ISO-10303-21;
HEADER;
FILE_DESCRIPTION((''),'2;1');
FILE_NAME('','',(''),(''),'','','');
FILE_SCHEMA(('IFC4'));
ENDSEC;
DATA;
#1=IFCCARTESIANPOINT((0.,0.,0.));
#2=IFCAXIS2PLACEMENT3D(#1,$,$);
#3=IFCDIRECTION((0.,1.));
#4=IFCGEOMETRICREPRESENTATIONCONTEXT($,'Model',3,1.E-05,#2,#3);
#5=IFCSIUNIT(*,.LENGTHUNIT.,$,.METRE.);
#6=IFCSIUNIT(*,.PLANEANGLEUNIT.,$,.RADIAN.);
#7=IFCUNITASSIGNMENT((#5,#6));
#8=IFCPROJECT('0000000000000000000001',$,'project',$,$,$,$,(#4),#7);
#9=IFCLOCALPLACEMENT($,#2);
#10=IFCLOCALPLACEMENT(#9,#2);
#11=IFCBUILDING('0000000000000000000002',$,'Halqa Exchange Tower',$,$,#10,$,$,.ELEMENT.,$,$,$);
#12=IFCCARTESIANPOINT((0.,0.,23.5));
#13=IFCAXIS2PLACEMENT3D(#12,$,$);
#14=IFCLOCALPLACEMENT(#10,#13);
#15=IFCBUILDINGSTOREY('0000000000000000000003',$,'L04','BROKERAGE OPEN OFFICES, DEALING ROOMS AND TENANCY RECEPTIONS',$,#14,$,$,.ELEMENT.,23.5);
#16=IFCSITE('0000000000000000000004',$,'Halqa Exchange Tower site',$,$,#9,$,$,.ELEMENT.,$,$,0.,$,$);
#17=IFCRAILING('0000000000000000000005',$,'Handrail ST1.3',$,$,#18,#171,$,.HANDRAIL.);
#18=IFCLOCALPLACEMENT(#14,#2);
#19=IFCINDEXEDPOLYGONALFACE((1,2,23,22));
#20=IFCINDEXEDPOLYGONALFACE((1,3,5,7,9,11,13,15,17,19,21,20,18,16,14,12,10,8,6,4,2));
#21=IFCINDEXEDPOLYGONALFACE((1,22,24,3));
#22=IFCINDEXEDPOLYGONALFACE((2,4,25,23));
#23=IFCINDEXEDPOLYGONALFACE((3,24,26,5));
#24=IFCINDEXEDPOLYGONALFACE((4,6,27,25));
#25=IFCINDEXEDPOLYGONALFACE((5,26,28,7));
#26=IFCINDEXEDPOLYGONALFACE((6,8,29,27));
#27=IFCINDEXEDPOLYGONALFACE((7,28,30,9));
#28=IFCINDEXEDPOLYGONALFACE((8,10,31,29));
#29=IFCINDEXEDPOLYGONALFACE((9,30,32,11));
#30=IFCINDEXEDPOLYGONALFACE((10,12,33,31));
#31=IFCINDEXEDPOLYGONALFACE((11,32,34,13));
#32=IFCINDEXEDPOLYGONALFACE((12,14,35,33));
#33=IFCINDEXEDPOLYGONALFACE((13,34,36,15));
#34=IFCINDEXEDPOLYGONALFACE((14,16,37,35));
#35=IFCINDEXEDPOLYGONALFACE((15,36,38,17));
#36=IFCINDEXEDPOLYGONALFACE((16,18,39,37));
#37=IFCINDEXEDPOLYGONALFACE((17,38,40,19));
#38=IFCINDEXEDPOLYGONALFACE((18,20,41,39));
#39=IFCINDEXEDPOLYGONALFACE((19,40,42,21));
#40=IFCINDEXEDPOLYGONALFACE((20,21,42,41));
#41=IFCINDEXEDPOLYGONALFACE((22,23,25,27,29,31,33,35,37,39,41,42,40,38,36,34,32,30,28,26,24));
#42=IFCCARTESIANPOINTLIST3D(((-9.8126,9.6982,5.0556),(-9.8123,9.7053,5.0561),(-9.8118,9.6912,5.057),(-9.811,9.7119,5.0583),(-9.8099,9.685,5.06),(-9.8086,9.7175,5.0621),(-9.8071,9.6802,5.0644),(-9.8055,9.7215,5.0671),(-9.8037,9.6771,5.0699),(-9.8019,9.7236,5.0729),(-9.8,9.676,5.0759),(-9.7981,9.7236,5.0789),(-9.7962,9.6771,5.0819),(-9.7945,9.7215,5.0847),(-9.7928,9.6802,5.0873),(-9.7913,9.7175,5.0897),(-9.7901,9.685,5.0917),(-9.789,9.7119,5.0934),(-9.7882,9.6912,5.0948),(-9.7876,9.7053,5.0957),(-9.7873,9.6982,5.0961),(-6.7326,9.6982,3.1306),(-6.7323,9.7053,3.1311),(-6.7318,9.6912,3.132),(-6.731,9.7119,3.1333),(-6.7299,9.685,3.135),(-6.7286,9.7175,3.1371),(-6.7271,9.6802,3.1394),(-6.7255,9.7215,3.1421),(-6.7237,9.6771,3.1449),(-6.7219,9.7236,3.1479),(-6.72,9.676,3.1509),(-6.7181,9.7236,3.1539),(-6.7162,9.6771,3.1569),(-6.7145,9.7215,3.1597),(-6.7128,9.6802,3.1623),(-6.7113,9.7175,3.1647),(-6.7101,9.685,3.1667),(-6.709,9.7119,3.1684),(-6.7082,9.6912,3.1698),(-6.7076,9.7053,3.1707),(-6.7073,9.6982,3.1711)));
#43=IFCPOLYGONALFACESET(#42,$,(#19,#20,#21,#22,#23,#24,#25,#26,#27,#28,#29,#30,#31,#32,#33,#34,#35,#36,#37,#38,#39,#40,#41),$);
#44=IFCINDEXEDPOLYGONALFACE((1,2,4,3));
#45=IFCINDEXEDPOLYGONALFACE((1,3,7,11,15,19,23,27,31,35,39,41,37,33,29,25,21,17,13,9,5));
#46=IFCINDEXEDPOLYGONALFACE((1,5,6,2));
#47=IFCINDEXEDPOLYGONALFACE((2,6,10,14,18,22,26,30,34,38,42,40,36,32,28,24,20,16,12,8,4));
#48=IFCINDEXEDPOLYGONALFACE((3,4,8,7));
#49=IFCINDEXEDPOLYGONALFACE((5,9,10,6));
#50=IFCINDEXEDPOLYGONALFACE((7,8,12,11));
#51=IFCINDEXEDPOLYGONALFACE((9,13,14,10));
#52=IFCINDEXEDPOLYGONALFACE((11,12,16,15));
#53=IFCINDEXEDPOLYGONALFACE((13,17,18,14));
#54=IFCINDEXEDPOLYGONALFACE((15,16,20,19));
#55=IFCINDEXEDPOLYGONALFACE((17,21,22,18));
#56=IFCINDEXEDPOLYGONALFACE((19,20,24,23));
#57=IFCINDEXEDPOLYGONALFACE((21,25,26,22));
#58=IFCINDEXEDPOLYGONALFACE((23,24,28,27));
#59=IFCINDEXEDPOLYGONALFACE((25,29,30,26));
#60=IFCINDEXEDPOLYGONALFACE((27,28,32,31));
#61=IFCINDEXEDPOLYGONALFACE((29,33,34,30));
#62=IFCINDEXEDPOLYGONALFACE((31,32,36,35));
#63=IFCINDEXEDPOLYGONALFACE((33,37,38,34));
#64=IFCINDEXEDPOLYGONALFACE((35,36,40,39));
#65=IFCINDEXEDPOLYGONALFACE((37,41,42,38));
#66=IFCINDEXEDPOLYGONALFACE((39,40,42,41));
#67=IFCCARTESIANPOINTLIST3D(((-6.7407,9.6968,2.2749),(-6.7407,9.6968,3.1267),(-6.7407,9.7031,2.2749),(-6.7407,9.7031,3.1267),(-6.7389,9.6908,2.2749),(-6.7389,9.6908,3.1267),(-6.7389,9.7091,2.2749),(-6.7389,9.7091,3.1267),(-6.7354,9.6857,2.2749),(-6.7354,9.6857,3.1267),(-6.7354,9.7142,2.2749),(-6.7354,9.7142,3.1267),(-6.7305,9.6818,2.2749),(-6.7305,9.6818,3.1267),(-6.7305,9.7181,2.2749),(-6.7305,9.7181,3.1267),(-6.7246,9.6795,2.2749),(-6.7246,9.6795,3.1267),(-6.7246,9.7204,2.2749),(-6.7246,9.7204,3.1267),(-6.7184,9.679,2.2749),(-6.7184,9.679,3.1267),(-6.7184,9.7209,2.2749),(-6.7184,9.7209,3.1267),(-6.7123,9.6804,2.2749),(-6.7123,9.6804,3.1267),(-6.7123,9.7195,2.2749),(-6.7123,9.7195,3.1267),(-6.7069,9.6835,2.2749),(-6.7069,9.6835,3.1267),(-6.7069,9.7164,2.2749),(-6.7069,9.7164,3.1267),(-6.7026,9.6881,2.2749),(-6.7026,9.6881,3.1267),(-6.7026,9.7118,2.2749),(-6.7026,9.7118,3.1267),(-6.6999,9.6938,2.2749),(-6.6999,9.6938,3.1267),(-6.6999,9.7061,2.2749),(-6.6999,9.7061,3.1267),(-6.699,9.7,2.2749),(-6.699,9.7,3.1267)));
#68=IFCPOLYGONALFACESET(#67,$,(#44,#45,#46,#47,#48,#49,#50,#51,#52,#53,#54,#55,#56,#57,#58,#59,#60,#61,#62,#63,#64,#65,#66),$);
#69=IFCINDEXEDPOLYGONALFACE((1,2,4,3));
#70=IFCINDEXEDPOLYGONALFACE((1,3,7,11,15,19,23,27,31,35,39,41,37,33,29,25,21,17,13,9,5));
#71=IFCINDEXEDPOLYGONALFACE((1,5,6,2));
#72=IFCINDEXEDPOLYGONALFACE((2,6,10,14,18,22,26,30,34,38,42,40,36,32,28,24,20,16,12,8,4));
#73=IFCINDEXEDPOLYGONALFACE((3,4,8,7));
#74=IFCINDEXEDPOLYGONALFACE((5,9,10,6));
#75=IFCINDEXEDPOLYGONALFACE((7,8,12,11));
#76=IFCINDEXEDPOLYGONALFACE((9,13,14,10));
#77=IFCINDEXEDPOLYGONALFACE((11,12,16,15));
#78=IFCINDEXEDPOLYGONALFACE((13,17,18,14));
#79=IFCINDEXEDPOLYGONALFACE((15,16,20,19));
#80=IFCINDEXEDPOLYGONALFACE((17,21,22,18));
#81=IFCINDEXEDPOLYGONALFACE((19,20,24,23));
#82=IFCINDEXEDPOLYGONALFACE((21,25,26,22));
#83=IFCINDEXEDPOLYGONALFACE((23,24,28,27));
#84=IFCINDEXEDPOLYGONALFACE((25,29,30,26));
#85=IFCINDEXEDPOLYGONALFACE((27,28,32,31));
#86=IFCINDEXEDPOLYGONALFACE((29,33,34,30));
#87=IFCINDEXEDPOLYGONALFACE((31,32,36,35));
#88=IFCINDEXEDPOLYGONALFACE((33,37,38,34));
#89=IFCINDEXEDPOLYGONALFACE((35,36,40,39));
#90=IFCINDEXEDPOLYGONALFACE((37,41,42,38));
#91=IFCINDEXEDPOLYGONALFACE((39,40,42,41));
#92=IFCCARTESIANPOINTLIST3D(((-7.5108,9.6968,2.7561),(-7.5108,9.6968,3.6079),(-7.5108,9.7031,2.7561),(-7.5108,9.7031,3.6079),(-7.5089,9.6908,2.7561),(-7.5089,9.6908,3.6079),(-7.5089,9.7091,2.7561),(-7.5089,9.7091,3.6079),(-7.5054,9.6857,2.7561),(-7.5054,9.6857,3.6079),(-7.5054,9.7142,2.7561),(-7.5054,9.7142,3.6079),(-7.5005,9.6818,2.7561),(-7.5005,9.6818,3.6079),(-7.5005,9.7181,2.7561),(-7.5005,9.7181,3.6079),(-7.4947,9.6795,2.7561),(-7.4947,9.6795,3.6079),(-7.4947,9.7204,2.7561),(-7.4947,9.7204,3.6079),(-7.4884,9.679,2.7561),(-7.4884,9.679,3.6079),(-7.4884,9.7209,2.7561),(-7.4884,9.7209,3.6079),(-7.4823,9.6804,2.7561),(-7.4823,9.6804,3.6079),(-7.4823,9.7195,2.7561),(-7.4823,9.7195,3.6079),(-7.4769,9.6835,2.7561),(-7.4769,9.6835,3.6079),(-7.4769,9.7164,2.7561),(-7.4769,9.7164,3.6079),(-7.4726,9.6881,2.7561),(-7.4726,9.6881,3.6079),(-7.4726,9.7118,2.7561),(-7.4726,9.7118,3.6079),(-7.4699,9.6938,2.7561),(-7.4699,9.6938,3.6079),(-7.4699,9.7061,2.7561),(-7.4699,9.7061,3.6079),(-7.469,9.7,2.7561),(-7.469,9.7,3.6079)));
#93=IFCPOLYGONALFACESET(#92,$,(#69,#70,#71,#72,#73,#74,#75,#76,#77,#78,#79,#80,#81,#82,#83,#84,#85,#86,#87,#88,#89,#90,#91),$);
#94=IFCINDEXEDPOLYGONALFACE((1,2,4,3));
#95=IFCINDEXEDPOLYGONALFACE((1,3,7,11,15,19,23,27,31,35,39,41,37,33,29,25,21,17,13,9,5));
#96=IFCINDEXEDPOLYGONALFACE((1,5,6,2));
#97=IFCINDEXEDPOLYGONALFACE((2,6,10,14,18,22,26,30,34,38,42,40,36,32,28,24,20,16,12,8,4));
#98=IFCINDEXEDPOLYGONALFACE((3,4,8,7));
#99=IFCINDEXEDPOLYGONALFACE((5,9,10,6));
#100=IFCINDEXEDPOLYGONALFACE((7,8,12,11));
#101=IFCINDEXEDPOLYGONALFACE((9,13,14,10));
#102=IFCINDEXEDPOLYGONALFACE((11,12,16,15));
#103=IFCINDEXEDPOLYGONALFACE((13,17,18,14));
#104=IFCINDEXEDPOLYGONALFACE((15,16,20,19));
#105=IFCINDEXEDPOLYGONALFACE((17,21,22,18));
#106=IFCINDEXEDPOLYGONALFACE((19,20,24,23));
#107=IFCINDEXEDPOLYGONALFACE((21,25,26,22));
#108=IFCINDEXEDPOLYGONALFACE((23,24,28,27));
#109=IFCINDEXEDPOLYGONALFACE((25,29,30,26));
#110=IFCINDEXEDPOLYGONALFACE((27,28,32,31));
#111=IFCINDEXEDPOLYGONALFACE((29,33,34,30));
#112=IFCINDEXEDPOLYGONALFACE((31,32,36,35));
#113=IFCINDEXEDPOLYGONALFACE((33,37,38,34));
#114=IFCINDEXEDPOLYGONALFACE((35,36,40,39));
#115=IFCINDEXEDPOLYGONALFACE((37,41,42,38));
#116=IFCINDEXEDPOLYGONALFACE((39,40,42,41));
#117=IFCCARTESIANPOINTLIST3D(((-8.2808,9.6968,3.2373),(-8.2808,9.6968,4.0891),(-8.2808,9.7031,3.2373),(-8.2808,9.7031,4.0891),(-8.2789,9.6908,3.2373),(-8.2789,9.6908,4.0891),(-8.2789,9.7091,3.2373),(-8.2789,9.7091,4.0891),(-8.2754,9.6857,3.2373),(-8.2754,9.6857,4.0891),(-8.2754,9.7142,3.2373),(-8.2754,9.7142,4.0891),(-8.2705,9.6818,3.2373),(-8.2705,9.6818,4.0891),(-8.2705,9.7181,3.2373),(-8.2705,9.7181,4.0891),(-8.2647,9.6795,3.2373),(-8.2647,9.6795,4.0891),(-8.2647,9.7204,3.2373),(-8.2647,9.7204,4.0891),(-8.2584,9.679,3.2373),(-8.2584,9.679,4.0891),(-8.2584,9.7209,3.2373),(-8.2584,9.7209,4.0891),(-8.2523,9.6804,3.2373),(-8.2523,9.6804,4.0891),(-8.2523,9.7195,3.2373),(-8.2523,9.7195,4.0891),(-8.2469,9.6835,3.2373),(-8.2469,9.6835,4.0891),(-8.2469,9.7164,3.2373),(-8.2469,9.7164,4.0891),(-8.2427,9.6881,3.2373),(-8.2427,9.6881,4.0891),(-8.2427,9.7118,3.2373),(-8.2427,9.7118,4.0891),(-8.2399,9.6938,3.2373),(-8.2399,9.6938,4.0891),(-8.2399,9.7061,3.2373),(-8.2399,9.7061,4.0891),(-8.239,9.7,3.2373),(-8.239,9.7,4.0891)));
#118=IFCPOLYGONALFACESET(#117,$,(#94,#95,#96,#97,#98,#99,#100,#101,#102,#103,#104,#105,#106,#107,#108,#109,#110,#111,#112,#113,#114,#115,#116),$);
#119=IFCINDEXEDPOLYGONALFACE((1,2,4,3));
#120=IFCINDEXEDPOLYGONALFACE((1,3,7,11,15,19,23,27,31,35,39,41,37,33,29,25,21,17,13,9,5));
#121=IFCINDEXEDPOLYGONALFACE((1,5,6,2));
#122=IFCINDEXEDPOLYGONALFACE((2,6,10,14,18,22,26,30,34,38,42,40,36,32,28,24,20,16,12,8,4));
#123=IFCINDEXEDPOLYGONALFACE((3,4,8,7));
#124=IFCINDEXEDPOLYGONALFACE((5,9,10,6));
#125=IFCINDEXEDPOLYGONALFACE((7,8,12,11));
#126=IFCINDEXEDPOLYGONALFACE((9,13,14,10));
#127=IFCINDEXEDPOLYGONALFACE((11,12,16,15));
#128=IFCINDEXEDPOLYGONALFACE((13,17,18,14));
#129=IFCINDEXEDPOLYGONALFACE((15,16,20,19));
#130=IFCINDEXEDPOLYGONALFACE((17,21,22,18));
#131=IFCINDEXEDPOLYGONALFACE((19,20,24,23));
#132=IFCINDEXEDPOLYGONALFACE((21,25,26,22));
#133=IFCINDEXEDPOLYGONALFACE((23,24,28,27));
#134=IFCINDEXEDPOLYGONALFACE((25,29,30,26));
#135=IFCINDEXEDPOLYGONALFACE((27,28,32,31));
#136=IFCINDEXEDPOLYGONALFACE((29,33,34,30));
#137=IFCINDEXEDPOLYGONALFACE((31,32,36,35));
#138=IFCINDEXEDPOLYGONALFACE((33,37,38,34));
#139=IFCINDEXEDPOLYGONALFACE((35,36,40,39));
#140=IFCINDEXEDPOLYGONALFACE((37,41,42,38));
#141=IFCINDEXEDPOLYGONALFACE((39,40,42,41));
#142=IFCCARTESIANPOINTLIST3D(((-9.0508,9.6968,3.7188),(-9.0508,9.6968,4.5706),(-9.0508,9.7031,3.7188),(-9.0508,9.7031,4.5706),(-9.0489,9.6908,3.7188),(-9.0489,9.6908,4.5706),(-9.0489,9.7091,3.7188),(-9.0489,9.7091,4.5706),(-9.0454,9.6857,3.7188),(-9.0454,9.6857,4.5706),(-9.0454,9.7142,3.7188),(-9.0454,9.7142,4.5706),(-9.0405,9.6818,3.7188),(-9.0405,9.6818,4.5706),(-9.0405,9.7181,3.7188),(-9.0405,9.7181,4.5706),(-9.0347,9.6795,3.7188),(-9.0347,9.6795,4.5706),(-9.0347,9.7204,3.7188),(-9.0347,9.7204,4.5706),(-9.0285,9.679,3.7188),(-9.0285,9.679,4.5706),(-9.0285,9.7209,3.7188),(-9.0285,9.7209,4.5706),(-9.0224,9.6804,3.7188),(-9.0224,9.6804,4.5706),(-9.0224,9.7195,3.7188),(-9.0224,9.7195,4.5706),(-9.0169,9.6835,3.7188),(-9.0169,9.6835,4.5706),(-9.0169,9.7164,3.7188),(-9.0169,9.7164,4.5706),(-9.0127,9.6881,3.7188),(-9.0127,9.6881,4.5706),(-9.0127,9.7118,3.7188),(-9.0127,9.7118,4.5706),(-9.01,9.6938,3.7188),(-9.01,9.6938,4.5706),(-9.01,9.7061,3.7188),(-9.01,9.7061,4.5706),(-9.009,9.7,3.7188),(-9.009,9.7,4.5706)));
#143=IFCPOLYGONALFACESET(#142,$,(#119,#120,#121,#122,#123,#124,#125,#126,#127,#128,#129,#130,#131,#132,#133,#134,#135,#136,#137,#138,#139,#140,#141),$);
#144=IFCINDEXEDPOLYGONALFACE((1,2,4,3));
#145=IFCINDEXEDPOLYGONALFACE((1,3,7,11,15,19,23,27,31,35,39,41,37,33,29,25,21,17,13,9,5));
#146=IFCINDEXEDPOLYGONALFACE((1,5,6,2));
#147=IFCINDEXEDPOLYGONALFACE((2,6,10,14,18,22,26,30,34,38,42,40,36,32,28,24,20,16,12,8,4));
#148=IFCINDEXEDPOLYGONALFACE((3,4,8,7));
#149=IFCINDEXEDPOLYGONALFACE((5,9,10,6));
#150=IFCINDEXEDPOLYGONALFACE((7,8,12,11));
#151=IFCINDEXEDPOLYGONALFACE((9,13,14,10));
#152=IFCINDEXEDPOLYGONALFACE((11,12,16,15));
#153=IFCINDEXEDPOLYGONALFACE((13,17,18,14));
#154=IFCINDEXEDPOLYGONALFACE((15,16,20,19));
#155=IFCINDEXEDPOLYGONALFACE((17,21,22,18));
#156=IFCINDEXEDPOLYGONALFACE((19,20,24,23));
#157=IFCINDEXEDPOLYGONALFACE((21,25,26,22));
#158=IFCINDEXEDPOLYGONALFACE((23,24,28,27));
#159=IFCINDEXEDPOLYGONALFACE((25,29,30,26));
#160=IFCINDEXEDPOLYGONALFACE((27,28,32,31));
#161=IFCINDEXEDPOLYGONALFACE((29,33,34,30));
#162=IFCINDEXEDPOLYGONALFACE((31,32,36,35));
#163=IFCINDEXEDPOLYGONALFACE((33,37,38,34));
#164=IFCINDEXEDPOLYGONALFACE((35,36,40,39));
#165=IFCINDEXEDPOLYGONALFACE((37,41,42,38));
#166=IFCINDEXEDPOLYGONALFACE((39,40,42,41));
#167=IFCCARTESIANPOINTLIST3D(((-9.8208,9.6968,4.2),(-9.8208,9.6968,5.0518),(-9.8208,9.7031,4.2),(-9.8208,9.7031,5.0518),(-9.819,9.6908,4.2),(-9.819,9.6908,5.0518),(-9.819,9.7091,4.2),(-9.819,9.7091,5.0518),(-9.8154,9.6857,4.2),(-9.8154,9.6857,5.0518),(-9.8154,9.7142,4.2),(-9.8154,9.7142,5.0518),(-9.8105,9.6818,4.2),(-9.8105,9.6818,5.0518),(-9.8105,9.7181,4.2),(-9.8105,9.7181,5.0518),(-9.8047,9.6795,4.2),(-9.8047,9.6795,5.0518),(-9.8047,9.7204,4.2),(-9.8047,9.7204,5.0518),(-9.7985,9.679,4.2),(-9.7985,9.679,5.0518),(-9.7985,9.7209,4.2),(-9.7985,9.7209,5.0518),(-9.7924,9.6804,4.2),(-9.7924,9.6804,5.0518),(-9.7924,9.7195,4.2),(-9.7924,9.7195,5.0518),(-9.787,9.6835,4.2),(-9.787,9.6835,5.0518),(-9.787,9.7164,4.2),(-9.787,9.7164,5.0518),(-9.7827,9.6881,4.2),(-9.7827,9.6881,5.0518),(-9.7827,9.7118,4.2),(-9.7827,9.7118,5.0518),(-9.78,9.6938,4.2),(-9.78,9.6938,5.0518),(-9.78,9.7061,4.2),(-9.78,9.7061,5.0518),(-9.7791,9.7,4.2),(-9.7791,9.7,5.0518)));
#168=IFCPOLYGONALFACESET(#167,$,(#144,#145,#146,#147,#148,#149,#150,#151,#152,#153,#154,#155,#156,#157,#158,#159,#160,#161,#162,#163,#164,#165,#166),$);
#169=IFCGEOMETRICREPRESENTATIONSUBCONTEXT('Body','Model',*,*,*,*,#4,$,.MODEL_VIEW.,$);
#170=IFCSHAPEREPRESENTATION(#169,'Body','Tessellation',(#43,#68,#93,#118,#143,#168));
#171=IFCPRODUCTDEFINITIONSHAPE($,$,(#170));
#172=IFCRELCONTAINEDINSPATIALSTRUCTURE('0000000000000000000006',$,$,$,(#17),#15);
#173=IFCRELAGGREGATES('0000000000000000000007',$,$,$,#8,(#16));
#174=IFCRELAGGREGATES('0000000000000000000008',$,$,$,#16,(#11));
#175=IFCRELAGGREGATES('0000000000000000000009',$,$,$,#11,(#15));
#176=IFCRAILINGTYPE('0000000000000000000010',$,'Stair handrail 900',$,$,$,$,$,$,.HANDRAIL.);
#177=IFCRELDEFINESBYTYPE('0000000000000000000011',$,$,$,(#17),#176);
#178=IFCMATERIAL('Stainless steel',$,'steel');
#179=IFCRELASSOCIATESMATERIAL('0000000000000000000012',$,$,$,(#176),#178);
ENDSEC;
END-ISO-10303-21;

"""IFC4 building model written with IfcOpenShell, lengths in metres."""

from ifc_helpers import new_model, si_unit, direction, frame, origin, origin_2d, place, context, subcontext, project, spatial, circle, extrude, material, type_object, element, save


model = new_model("IFC4")

# Units and contexts
model_context = context("Model", 3, precision=1e-05, world=origin(), true_north=direction((0.0, 1.0)))
body_context = subcontext(model_context, "Body", "Model", "MODEL_VIEW")
ifc_project = project(units=[si_unit("LENGTHUNIT", "METRE"), si_unit("PLANEANGLEUNIT", "RADIAN")], contexts=[model_context])

# Site, building, storey
site_placement = place(None, origin())
site = spatial("IfcSite", under=ifc_project, at=site_placement, Name="Halqa Exchange Tower site", CompositionType="ELEMENT", RefElevation=0.0)
building_placement = place(site_placement, origin())
building = spatial("IfcBuilding", under=site, at=building_placement, Name="Halqa Exchange Tower", CompositionType="ELEMENT")
storey_placement = place(building_placement, frame((0.0, 0.0, 23.5)))
storey = spatial("IfcBuildingStorey", under=building, at=storey_placement, Name="L04", Description="BROKERAGE OPEN OFFICES, DEALING ROOMS AND TENANCY RECEPTIONS", CompositionType="ELEMENT", Elevation=23.5)

# Shared definitions
ifc_material_1 = material(Name="Stainless steel", Category="steel")

# Railing
railing_type_1 = type_object("IfcRailingType", Name="Stair handrail 900", PredefinedType="HANDRAIL", material=ifc_material_1)
railing_1_placement = place(storey_placement, frame((-6.72, 9.7, 2.2749)))
element("IfcRailing", 1, at=railing_1_placement, inside=storey, type_object=railing_type_1, Name="Handrail ST1.3", PredefinedType="HANDRAIL", context=body_context, shape_type="SweptSolid", body=[
    extrude(circle(Radius=0.0239, at=origin_2d()), frame((0.0, 0.0, 0.876), z_axis=(-0.847998, 0.0, 0.529999), x_axis=(0.0, -1.0, 0.0)), (0.0, 0.0, 1.0), 3.6321),
    extrude(circle(Radius=0.021, at=origin_2d()), origin(), (0.0, 0.0, 1.0), 0.8518),
    extrude(circle(Radius=0.021, at=origin_2d()), frame((-0.77, 0.0, 0.4812)), (0.0, 0.0, 1.0), 0.8518),
    extrude(circle(Radius=0.021, at=origin_2d()), frame((-1.54, 0.0, 0.9624)), (0.0, 0.0, 1.0), 0.8518),
    extrude(circle(Radius=0.021, at=origin_2d()), frame((-2.3101, 0.0, 1.4438)), (0.0, 0.0, 1.0), 0.8518),
    extrude(circle(Radius=0.021, at=origin_2d()), frame((-3.0801, 0.0, 1.925)), (0.0, 0.0, 1.0), 0.8518),
])

save(model, "model.ifc")
